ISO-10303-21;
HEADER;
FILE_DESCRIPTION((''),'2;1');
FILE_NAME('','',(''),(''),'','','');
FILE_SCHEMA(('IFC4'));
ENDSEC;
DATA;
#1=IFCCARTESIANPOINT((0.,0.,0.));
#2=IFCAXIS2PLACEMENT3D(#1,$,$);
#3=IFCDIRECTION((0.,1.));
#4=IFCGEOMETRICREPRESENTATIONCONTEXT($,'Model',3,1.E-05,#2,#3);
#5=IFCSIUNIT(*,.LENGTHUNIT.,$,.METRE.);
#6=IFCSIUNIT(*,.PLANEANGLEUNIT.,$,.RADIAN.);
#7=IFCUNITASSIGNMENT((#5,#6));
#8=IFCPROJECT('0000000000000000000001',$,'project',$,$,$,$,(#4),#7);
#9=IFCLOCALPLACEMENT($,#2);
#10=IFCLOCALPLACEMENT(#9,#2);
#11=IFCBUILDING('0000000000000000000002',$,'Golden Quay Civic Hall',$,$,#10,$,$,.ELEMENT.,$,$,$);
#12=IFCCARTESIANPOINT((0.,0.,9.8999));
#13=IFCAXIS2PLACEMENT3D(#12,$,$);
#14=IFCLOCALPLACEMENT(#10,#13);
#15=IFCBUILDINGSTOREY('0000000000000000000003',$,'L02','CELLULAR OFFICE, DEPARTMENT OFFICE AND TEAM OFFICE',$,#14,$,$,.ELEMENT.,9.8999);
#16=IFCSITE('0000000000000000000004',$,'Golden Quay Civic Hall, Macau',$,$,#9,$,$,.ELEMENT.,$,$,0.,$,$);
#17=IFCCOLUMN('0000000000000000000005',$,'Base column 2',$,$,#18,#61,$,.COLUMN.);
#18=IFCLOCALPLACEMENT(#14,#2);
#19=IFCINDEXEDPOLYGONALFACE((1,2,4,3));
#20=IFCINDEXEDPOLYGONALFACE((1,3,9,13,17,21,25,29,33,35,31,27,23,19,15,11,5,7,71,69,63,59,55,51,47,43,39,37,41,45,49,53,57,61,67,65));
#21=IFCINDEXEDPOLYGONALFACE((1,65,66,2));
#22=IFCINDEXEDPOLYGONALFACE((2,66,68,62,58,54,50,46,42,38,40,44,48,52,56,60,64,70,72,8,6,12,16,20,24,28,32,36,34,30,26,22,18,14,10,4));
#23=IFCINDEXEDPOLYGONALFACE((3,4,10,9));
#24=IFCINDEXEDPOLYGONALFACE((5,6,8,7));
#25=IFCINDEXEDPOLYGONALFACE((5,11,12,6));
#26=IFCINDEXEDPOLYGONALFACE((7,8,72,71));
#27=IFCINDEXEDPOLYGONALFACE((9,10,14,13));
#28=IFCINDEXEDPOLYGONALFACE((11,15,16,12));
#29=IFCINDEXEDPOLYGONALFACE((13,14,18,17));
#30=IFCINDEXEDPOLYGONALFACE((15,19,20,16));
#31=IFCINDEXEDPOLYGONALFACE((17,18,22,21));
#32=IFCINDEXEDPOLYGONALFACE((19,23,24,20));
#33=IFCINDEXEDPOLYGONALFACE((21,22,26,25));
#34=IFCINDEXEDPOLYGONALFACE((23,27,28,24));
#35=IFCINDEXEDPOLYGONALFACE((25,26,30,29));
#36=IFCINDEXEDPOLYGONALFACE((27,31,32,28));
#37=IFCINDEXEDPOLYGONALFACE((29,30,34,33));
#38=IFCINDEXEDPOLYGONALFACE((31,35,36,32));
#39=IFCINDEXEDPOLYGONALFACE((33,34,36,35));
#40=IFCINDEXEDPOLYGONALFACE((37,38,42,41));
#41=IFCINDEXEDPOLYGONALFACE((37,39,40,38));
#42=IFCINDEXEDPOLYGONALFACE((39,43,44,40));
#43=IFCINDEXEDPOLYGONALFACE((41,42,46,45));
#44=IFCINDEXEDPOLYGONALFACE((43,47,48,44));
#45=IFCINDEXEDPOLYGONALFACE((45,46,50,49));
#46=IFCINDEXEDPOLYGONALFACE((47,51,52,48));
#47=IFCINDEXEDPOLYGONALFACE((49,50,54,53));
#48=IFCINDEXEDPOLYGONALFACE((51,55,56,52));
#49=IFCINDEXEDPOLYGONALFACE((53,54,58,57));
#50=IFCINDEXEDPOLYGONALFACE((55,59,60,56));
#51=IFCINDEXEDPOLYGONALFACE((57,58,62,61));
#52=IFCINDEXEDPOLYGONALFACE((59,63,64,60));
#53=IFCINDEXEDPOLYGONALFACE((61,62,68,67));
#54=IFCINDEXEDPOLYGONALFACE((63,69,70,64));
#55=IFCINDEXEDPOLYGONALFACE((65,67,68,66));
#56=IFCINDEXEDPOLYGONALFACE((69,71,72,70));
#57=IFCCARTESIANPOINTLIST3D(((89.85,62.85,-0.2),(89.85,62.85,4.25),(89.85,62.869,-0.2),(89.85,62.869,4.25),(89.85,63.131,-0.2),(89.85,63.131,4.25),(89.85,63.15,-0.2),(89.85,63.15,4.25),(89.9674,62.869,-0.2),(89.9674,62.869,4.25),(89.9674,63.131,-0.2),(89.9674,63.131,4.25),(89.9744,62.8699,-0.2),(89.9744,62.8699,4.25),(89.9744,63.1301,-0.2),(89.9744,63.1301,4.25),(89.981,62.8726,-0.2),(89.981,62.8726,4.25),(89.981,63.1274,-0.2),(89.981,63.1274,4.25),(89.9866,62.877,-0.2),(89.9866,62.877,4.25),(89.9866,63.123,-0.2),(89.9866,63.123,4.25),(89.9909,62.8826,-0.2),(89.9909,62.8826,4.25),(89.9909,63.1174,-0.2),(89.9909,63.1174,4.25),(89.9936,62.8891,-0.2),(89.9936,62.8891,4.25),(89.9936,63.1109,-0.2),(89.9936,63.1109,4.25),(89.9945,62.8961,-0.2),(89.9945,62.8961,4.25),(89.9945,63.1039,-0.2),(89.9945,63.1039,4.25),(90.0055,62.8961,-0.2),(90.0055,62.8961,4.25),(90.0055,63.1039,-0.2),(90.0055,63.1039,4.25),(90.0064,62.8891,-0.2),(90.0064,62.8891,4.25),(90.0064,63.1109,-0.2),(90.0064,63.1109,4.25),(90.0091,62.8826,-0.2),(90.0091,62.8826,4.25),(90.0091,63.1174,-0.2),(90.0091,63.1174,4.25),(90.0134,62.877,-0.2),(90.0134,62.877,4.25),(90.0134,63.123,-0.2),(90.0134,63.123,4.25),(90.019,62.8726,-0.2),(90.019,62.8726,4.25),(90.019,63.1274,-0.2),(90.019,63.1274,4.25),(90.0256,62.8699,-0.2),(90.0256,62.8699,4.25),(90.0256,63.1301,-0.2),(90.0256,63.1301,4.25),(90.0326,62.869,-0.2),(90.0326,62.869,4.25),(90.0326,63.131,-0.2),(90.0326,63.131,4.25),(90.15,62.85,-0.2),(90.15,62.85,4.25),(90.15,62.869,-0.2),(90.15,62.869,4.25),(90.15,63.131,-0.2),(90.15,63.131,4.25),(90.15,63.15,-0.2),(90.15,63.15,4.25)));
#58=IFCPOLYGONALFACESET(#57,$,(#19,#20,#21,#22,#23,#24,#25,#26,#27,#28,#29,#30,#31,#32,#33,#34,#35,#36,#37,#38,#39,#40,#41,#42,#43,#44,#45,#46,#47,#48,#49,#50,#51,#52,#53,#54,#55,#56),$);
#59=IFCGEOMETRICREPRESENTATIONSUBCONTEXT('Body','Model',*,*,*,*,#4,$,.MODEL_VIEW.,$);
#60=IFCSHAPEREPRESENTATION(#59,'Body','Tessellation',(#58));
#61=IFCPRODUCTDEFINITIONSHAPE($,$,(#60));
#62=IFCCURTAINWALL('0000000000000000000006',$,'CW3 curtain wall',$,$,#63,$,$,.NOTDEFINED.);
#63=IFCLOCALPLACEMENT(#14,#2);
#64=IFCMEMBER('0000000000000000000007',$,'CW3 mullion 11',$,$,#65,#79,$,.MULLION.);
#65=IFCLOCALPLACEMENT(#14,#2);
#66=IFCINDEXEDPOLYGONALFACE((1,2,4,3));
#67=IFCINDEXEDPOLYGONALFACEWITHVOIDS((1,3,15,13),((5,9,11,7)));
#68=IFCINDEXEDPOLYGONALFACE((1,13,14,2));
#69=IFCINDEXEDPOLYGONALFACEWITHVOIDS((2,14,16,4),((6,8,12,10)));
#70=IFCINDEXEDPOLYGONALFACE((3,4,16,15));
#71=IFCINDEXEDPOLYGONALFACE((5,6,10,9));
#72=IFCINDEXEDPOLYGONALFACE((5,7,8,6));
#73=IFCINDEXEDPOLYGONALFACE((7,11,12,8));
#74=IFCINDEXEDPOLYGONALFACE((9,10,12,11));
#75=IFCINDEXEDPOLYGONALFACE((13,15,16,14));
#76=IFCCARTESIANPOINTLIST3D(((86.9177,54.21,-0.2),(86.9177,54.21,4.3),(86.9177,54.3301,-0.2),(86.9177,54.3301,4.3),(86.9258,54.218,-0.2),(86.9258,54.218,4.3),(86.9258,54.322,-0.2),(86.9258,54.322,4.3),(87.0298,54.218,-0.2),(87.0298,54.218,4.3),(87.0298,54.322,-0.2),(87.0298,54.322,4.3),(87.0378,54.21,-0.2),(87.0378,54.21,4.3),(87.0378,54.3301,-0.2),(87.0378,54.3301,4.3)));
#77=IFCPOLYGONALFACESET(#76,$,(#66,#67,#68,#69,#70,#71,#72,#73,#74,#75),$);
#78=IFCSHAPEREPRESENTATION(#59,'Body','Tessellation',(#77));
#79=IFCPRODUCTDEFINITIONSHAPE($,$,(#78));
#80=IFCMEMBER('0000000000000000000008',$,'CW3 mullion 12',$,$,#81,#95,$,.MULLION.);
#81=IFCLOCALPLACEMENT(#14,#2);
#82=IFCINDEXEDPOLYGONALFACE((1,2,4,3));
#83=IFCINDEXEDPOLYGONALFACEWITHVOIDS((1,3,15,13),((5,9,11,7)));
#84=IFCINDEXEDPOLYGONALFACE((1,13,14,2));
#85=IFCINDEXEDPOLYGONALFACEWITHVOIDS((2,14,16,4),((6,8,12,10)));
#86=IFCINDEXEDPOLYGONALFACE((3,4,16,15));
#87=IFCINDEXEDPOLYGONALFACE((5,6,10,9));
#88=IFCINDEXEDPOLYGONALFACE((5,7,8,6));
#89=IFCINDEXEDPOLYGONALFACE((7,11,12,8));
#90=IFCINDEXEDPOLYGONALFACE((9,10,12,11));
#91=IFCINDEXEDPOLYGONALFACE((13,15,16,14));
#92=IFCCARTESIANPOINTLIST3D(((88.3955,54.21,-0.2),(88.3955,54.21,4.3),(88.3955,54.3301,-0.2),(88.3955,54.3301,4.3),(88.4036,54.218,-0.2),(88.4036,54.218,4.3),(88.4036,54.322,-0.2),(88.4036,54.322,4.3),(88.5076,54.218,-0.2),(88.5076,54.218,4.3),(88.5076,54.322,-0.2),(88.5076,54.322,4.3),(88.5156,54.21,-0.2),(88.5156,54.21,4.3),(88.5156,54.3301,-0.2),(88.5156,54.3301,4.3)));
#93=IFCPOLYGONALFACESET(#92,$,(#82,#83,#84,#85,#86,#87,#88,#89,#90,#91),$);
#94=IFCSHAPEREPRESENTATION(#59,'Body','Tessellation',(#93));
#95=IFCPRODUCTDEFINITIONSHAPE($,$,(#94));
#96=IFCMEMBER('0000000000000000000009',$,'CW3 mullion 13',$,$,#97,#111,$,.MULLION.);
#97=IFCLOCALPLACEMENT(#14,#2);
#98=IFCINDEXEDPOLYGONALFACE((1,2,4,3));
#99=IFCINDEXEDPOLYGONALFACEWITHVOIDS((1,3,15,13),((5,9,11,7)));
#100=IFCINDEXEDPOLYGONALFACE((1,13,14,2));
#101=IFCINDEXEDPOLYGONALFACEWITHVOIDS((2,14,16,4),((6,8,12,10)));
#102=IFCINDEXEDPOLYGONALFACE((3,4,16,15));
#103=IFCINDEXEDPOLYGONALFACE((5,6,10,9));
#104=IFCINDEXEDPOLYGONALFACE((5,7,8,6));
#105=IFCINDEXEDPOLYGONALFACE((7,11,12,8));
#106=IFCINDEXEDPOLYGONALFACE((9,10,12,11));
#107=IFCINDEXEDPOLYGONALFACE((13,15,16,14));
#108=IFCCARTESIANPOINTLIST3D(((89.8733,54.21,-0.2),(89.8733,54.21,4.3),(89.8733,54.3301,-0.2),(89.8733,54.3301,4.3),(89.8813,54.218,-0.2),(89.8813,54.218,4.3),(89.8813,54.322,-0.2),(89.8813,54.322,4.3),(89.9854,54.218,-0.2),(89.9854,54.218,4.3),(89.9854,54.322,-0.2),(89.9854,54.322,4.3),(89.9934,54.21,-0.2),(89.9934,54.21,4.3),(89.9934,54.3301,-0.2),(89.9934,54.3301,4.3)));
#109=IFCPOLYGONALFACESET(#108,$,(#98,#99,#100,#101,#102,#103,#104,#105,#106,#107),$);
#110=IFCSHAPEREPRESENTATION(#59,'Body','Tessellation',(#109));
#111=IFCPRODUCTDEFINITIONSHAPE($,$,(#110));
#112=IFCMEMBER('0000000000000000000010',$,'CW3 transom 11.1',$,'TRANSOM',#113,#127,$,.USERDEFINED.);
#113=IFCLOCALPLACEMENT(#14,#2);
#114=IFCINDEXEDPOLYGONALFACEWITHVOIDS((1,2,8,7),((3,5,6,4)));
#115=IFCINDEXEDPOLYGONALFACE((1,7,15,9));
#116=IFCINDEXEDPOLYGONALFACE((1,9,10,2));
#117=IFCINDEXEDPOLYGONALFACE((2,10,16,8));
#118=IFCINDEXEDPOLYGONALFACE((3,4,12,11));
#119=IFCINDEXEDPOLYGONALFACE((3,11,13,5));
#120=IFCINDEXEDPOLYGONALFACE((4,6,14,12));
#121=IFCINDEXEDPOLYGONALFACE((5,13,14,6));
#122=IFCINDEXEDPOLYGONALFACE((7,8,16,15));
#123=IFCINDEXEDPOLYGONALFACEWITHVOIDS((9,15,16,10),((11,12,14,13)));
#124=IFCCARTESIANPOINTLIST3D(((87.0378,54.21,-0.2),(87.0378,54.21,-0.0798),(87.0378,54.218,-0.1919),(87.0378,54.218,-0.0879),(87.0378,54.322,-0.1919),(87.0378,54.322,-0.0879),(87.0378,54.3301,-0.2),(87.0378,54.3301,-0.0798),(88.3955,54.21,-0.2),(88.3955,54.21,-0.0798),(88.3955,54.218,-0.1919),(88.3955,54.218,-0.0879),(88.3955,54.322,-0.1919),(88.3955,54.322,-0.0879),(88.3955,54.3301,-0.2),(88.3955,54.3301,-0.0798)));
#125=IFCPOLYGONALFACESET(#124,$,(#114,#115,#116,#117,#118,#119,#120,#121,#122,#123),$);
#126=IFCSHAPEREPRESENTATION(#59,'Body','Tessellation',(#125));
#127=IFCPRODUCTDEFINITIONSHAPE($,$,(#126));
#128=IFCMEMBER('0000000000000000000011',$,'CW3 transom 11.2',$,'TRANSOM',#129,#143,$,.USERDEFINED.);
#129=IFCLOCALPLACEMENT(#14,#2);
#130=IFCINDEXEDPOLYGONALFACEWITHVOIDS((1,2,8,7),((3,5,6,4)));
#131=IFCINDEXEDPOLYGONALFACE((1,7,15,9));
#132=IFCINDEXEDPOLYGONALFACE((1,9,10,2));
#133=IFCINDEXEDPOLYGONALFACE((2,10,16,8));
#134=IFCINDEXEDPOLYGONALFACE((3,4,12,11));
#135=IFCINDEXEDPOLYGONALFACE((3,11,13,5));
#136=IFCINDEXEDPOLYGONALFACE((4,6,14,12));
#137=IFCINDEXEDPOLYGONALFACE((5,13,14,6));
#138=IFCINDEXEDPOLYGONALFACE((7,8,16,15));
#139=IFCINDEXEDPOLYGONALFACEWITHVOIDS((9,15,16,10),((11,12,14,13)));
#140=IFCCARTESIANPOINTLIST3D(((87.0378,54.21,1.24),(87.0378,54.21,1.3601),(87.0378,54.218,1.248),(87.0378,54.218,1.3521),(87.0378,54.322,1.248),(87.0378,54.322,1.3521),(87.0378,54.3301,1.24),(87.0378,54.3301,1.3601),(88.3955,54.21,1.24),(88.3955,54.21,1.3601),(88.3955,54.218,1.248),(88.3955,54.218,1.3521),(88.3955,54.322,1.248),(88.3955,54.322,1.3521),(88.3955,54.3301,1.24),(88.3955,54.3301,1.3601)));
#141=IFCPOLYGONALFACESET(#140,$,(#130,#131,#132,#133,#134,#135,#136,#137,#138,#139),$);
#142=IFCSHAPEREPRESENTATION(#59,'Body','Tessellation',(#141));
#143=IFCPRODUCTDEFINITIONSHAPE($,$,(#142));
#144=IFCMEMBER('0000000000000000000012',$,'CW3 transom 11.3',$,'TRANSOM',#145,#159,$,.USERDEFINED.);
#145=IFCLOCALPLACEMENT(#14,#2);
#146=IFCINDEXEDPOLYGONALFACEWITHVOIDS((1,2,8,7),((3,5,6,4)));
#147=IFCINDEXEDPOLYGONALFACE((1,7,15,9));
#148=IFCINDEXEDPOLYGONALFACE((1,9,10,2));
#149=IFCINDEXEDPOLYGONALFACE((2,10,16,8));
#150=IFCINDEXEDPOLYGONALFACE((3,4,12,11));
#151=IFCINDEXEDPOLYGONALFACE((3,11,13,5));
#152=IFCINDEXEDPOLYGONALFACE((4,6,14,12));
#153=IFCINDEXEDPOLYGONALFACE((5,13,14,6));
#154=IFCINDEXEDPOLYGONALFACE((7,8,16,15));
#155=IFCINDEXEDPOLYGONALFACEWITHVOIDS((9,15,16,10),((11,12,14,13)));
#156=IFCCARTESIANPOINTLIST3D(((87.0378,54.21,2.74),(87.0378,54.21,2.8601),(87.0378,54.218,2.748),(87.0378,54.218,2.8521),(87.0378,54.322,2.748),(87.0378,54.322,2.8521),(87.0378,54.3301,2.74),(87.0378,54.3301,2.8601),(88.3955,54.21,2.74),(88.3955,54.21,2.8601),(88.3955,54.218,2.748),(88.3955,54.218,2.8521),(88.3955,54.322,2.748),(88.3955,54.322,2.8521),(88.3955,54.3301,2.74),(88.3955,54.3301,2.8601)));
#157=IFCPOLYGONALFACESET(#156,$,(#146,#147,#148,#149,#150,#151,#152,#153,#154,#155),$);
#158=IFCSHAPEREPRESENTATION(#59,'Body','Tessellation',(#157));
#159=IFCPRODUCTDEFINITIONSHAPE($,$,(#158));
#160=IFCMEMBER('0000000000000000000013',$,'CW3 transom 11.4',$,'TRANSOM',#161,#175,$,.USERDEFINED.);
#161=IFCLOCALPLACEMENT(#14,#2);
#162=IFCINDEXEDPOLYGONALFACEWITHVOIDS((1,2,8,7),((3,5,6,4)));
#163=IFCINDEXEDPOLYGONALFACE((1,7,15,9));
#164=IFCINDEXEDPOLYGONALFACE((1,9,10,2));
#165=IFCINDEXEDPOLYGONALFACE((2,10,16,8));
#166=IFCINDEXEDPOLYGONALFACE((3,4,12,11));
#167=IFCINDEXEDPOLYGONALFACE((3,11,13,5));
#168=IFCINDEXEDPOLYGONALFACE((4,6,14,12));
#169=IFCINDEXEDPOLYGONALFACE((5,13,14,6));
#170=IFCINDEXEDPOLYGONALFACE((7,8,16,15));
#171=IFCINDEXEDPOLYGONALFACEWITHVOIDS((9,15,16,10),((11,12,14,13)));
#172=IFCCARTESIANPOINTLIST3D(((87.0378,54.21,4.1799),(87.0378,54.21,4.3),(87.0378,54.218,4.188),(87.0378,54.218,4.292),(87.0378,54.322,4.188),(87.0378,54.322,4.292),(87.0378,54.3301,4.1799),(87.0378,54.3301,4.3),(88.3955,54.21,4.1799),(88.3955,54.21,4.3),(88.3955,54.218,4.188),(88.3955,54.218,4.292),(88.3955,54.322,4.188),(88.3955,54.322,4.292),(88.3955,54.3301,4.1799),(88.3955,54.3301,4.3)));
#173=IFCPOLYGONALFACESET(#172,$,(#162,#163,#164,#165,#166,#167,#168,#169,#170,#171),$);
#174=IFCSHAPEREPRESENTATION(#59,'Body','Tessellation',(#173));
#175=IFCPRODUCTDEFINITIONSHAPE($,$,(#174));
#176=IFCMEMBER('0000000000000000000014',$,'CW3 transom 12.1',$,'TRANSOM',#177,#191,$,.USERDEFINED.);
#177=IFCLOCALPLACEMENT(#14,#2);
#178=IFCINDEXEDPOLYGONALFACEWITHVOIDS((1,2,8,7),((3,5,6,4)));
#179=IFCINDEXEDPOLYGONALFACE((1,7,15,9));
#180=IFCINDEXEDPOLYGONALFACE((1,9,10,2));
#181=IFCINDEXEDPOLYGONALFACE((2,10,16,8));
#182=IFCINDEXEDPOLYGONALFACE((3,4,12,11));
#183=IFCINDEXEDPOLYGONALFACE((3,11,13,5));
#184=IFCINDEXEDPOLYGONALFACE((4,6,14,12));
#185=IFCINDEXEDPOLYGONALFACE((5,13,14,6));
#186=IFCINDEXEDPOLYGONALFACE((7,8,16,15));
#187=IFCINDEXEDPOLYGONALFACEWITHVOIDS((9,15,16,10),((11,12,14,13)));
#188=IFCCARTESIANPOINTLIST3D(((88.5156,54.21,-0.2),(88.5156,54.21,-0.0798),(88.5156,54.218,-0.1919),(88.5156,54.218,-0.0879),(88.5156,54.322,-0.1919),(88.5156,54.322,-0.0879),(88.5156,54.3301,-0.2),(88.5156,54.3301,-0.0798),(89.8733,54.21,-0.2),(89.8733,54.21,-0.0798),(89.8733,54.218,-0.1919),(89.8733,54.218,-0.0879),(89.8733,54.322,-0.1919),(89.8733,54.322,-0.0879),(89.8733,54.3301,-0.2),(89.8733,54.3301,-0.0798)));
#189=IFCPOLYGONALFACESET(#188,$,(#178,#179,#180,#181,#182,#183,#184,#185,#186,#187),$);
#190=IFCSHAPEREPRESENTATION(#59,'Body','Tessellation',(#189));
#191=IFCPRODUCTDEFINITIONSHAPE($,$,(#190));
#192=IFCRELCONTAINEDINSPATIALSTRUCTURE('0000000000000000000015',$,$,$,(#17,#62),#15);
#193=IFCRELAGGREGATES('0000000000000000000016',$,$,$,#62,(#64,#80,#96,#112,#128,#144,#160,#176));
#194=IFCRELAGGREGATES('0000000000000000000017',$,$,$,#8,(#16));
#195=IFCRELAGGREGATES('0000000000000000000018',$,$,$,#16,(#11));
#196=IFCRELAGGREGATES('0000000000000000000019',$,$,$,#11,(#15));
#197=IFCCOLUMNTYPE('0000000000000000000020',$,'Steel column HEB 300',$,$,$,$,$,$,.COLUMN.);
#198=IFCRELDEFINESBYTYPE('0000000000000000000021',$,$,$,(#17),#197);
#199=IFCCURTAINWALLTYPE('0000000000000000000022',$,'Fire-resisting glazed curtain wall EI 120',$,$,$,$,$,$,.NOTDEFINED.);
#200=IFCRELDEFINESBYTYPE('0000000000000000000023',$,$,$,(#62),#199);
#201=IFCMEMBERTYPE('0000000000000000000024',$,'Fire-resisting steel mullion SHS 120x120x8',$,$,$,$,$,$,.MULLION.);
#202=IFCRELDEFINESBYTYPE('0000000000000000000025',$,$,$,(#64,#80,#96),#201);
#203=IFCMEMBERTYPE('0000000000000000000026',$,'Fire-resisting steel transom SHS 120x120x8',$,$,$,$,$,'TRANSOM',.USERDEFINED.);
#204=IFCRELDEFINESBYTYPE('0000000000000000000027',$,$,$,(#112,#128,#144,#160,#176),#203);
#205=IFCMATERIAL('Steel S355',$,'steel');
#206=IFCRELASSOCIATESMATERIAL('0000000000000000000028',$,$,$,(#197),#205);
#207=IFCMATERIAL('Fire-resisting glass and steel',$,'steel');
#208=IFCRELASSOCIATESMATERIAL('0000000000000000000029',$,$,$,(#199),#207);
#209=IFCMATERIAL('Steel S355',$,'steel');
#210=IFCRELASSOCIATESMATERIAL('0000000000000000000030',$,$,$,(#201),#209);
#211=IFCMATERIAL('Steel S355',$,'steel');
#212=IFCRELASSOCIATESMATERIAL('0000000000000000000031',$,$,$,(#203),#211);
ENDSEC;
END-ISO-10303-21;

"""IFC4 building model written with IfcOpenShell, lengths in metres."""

from ifc_helpers import new_model, si_unit, direction, frame, origin, origin_2d, place, context, subcontext, project, spatial, hollow_rectangle, i_section, extrude, material, material_profile, profile_set, type_object, element, aggregate, save


model = new_model("IFC4")

# Units and contexts
model_context = context("Model", 3, precision=1e-05, world=origin(), true_north=direction((0.0, 1.0)))
body_context = subcontext(model_context, "Body", "Model", "MODEL_VIEW")
ifc_project = project(units=[si_unit("LENGTHUNIT", "METRE"), si_unit("PLANEANGLEUNIT", "RADIAN")], contexts=[model_context])

# Site, building, storey
site_placement = place(None, origin())
site = spatial("IfcSite", under=ifc_project, at=site_placement, Name="Golden Quay Civic Hall, Macau", CompositionType="ELEMENT", RefElevation=0.0)
building_placement = place(site_placement, origin())
building = spatial("IfcBuilding", under=site, at=building_placement, Name="Golden Quay Civic Hall", CompositionType="ELEMENT")
storey_placement = place(building_placement, frame((0.0, 0.0, 9.8999)))
storey = spatial("IfcBuildingStorey", under=building, at=storey_placement, Name="L02", Description="CELLULAR OFFICE, DEPARTMENT OFFICE AND TEAM OFFICE", CompositionType="ELEMENT", Elevation=9.8999)

# Column
ifc_material_1 = material(Name="Steel S355", Category="steel")
ifc_material_profile_1 = material_profile(ifc_material_1, i_section(OverallWidth=0.3, OverallDepth=0.3, WebThickness=0.011, FlangeThickness=0.019, FilletRadius=0.0271, at=origin_2d()), Name="HEB 300")
ifc_profile_set_1 = profile_set([ifc_material_profile_1], Name="Steel S355")
column_type = type_object("IfcColumnType", Name="Steel column HEB 300", PredefinedType="COLUMN", material=ifc_profile_set_1)
column_placement = place(storey_placement, frame((90.0, 63.0, -0.2), z_axis=(0.0, 0.0, 1.0), x_axis=(1.0, 0.0, 0.0)))
element("IfcColumn", 1, at=column_placement, inside=storey, type_object=column_type, Name="Base column 2", PredefinedType="COLUMN", context=body_context, shape_type="SweptSolid", body=[
    extrude(i_section(OverallWidth=0.3, OverallDepth=0.3, WebThickness=0.011, FlangeThickness=0.019, FilletRadius=0.0271, at=origin_2d()), origin(), (0.0, 0.0, 1.0), 4.45),
])

# Curtain wall, members
ifc_material_2 = material(Name="Fire-resisting glass and steel", Category="steel")
curtain_wall_type = type_object("IfcCurtainWallType", Name="Fire-resisting glazed curtain wall EI 120", PredefinedType="NOTDEFINED", material=ifc_material_2)
curtain_wall_placement = place(storey_placement, origin())
curtain_wall = element("IfcCurtainWall", 2, at=curtain_wall_placement, inside=storey, type_object=curtain_wall_type, Name="CW3 curtain wall", PredefinedType="NOTDEFINED")
ifc_material_3 = material(Name="Steel S355", Category="steel")
ifc_material_profile_2 = material_profile(ifc_material_3, hollow_rectangle(XDim=0.1201, YDim=0.1201, WallThickness=0.0081, at=origin_2d()), Name="SHS 120x120x8")
ifc_profile_set_2 = profile_set([ifc_material_profile_2], Name="Steel S355")
member_type_1 = type_object("IfcMemberType", Name="Fire-resisting steel mullion SHS 120x120x8", PredefinedType="MULLION", material=ifc_profile_set_2)
member_1_placement = place(storey_placement, frame((86.9778, 54.27, -0.2), z_axis=(0.0, 0.0, 1.0), x_axis=(0.0, 1.0, 0.0)))
member_1 = element("IfcMember", 3, at=member_1_placement, type_object=member_type_1, Name="CW3 mullion 11", PredefinedType="MULLION", context=body_context, shape_type="SweptSolid", body=[
    extrude(hollow_rectangle(XDim=0.1201, YDim=0.1201, WallThickness=0.0081, at=origin_2d()), origin(), (0.0, 0.0, 1.0), 4.5),
])
member_2_placement = place(storey_placement, frame((88.4556, 54.27, -0.2), z_axis=(0.0, 0.0, 1.0), x_axis=(0.0, 1.0, 0.0)))
member_2 = element("IfcMember", 4, at=member_2_placement, type_object=member_type_1, Name="CW3 mullion 12", PredefinedType="MULLION", context=body_context, shape_type="SweptSolid", body=[
    extrude(hollow_rectangle(XDim=0.1201, YDim=0.1201, WallThickness=0.0081, at=origin_2d()), origin(), (0.0, 0.0, 1.0), 4.5),
])
member_3_placement = place(storey_placement, frame((89.9333, 54.27, -0.2), z_axis=(0.0, 0.0, 1.0), x_axis=(0.0, 1.0, 0.0)))
member_3 = element("IfcMember", 5, at=member_3_placement, type_object=member_type_1, Name="CW3 mullion 13", PredefinedType="MULLION", context=body_context, shape_type="SweptSolid", body=[
    extrude(hollow_rectangle(XDim=0.1201, YDim=0.1201, WallThickness=0.0081, at=origin_2d()), origin(), (0.0, 0.0, 1.0), 4.5),
])
ifc_material_4 = material(Name="Steel S355", Category="steel")
ifc_material_profile_3 = material_profile(ifc_material_4, hollow_rectangle(XDim=0.1201, YDim=0.1201, WallThickness=0.0081, at=origin_2d()), Name="SHS 120x120x8")
ifc_profile_set_3 = profile_set([ifc_material_profile_3], Name="Steel S355")
member_type_2 = type_object("IfcMemberType", Name="Fire-resisting steel transom SHS 120x120x8", ElementType="TRANSOM", PredefinedType="USERDEFINED", material=ifc_profile_set_3)
member_4_placement = place(storey_placement, frame((87.0378, 54.27, -0.1399), z_axis=(1.0, 0.0, 0.0), x_axis=(0.0, 1.0, 0.0)))
member_4 = element("IfcMember", 6, at=member_4_placement, type_object=member_type_2, Name="CW3 transom 11.1", ObjectType="TRANSOM", PredefinedType="USERDEFINED", context=body_context, shape_type="SweptSolid", body=[
    extrude(hollow_rectangle(XDim=0.1201, YDim=0.1201, WallThickness=0.0081, at=origin_2d()), origin(), (0.0, 0.0, 1.0), 1.3577),
])
member_5_placement = place(storey_placement, frame((87.0378, 54.27, 1.3), z_axis=(1.0, 0.0, 0.0), x_axis=(0.0, 1.0, 0.0)))
member_5 = element("IfcMember", 7, at=member_5_placement, type_object=member_type_2, Name="CW3 transom 11.2", ObjectType="TRANSOM", PredefinedType="USERDEFINED", context=body_context, shape_type="SweptSolid", body=[
    extrude(hollow_rectangle(XDim=0.1201, YDim=0.1201, WallThickness=0.0081, at=origin_2d()), origin(), (0.0, 0.0, 1.0), 1.3577),
])
member_6_placement = place(storey_placement, frame((87.0378, 54.27, 2.8), z_axis=(1.0, 0.0, 0.0), x_axis=(0.0, 1.0, 0.0)))
member_6 = element("IfcMember", 8, at=member_6_placement, type_object=member_type_2, Name="CW3 transom 11.3", ObjectType="TRANSOM", PredefinedType="USERDEFINED", context=body_context, shape_type="SweptSolid", body=[
    extrude(hollow_rectangle(XDim=0.1201, YDim=0.1201, WallThickness=0.0081, at=origin_2d()), origin(), (0.0, 0.0, 1.0), 1.3577),
])
member_7_placement = place(storey_placement, frame((87.0378, 54.27, 4.24), z_axis=(1.0, 0.0, 0.0), x_axis=(0.0, 1.0, 0.0)))
member_7 = element("IfcMember", 9, at=member_7_placement, type_object=member_type_2, Name="CW3 transom 11.4", ObjectType="TRANSOM", PredefinedType="USERDEFINED", context=body_context, shape_type="SweptSolid", body=[
    extrude(hollow_rectangle(XDim=0.1201, YDim=0.1201, WallThickness=0.0081, at=origin_2d()), origin(), (0.0, 0.0, 1.0), 1.3577),
])
member_8_placement = place(storey_placement, frame((88.5156, 54.27, -0.1399), z_axis=(1.0, 0.0, 0.0), x_axis=(0.0, 1.0, 0.0)))
member_8 = element("IfcMember", 10, at=member_8_placement, type_object=member_type_2, Name="CW3 transom 12.1", ObjectType="TRANSOM", PredefinedType="USERDEFINED", context=body_context, shape_type="SweptSolid", body=[
    extrude(hollow_rectangle(XDim=0.1201, YDim=0.1201, WallThickness=0.0081, at=origin_2d()), origin(), (0.0, 0.0, 1.0), 1.3577),
])

aggregate(curtain_wall, [member_1, member_2, member_3, member_4, member_5, member_6, member_7, member_8])

save(model, "model.ifc")
